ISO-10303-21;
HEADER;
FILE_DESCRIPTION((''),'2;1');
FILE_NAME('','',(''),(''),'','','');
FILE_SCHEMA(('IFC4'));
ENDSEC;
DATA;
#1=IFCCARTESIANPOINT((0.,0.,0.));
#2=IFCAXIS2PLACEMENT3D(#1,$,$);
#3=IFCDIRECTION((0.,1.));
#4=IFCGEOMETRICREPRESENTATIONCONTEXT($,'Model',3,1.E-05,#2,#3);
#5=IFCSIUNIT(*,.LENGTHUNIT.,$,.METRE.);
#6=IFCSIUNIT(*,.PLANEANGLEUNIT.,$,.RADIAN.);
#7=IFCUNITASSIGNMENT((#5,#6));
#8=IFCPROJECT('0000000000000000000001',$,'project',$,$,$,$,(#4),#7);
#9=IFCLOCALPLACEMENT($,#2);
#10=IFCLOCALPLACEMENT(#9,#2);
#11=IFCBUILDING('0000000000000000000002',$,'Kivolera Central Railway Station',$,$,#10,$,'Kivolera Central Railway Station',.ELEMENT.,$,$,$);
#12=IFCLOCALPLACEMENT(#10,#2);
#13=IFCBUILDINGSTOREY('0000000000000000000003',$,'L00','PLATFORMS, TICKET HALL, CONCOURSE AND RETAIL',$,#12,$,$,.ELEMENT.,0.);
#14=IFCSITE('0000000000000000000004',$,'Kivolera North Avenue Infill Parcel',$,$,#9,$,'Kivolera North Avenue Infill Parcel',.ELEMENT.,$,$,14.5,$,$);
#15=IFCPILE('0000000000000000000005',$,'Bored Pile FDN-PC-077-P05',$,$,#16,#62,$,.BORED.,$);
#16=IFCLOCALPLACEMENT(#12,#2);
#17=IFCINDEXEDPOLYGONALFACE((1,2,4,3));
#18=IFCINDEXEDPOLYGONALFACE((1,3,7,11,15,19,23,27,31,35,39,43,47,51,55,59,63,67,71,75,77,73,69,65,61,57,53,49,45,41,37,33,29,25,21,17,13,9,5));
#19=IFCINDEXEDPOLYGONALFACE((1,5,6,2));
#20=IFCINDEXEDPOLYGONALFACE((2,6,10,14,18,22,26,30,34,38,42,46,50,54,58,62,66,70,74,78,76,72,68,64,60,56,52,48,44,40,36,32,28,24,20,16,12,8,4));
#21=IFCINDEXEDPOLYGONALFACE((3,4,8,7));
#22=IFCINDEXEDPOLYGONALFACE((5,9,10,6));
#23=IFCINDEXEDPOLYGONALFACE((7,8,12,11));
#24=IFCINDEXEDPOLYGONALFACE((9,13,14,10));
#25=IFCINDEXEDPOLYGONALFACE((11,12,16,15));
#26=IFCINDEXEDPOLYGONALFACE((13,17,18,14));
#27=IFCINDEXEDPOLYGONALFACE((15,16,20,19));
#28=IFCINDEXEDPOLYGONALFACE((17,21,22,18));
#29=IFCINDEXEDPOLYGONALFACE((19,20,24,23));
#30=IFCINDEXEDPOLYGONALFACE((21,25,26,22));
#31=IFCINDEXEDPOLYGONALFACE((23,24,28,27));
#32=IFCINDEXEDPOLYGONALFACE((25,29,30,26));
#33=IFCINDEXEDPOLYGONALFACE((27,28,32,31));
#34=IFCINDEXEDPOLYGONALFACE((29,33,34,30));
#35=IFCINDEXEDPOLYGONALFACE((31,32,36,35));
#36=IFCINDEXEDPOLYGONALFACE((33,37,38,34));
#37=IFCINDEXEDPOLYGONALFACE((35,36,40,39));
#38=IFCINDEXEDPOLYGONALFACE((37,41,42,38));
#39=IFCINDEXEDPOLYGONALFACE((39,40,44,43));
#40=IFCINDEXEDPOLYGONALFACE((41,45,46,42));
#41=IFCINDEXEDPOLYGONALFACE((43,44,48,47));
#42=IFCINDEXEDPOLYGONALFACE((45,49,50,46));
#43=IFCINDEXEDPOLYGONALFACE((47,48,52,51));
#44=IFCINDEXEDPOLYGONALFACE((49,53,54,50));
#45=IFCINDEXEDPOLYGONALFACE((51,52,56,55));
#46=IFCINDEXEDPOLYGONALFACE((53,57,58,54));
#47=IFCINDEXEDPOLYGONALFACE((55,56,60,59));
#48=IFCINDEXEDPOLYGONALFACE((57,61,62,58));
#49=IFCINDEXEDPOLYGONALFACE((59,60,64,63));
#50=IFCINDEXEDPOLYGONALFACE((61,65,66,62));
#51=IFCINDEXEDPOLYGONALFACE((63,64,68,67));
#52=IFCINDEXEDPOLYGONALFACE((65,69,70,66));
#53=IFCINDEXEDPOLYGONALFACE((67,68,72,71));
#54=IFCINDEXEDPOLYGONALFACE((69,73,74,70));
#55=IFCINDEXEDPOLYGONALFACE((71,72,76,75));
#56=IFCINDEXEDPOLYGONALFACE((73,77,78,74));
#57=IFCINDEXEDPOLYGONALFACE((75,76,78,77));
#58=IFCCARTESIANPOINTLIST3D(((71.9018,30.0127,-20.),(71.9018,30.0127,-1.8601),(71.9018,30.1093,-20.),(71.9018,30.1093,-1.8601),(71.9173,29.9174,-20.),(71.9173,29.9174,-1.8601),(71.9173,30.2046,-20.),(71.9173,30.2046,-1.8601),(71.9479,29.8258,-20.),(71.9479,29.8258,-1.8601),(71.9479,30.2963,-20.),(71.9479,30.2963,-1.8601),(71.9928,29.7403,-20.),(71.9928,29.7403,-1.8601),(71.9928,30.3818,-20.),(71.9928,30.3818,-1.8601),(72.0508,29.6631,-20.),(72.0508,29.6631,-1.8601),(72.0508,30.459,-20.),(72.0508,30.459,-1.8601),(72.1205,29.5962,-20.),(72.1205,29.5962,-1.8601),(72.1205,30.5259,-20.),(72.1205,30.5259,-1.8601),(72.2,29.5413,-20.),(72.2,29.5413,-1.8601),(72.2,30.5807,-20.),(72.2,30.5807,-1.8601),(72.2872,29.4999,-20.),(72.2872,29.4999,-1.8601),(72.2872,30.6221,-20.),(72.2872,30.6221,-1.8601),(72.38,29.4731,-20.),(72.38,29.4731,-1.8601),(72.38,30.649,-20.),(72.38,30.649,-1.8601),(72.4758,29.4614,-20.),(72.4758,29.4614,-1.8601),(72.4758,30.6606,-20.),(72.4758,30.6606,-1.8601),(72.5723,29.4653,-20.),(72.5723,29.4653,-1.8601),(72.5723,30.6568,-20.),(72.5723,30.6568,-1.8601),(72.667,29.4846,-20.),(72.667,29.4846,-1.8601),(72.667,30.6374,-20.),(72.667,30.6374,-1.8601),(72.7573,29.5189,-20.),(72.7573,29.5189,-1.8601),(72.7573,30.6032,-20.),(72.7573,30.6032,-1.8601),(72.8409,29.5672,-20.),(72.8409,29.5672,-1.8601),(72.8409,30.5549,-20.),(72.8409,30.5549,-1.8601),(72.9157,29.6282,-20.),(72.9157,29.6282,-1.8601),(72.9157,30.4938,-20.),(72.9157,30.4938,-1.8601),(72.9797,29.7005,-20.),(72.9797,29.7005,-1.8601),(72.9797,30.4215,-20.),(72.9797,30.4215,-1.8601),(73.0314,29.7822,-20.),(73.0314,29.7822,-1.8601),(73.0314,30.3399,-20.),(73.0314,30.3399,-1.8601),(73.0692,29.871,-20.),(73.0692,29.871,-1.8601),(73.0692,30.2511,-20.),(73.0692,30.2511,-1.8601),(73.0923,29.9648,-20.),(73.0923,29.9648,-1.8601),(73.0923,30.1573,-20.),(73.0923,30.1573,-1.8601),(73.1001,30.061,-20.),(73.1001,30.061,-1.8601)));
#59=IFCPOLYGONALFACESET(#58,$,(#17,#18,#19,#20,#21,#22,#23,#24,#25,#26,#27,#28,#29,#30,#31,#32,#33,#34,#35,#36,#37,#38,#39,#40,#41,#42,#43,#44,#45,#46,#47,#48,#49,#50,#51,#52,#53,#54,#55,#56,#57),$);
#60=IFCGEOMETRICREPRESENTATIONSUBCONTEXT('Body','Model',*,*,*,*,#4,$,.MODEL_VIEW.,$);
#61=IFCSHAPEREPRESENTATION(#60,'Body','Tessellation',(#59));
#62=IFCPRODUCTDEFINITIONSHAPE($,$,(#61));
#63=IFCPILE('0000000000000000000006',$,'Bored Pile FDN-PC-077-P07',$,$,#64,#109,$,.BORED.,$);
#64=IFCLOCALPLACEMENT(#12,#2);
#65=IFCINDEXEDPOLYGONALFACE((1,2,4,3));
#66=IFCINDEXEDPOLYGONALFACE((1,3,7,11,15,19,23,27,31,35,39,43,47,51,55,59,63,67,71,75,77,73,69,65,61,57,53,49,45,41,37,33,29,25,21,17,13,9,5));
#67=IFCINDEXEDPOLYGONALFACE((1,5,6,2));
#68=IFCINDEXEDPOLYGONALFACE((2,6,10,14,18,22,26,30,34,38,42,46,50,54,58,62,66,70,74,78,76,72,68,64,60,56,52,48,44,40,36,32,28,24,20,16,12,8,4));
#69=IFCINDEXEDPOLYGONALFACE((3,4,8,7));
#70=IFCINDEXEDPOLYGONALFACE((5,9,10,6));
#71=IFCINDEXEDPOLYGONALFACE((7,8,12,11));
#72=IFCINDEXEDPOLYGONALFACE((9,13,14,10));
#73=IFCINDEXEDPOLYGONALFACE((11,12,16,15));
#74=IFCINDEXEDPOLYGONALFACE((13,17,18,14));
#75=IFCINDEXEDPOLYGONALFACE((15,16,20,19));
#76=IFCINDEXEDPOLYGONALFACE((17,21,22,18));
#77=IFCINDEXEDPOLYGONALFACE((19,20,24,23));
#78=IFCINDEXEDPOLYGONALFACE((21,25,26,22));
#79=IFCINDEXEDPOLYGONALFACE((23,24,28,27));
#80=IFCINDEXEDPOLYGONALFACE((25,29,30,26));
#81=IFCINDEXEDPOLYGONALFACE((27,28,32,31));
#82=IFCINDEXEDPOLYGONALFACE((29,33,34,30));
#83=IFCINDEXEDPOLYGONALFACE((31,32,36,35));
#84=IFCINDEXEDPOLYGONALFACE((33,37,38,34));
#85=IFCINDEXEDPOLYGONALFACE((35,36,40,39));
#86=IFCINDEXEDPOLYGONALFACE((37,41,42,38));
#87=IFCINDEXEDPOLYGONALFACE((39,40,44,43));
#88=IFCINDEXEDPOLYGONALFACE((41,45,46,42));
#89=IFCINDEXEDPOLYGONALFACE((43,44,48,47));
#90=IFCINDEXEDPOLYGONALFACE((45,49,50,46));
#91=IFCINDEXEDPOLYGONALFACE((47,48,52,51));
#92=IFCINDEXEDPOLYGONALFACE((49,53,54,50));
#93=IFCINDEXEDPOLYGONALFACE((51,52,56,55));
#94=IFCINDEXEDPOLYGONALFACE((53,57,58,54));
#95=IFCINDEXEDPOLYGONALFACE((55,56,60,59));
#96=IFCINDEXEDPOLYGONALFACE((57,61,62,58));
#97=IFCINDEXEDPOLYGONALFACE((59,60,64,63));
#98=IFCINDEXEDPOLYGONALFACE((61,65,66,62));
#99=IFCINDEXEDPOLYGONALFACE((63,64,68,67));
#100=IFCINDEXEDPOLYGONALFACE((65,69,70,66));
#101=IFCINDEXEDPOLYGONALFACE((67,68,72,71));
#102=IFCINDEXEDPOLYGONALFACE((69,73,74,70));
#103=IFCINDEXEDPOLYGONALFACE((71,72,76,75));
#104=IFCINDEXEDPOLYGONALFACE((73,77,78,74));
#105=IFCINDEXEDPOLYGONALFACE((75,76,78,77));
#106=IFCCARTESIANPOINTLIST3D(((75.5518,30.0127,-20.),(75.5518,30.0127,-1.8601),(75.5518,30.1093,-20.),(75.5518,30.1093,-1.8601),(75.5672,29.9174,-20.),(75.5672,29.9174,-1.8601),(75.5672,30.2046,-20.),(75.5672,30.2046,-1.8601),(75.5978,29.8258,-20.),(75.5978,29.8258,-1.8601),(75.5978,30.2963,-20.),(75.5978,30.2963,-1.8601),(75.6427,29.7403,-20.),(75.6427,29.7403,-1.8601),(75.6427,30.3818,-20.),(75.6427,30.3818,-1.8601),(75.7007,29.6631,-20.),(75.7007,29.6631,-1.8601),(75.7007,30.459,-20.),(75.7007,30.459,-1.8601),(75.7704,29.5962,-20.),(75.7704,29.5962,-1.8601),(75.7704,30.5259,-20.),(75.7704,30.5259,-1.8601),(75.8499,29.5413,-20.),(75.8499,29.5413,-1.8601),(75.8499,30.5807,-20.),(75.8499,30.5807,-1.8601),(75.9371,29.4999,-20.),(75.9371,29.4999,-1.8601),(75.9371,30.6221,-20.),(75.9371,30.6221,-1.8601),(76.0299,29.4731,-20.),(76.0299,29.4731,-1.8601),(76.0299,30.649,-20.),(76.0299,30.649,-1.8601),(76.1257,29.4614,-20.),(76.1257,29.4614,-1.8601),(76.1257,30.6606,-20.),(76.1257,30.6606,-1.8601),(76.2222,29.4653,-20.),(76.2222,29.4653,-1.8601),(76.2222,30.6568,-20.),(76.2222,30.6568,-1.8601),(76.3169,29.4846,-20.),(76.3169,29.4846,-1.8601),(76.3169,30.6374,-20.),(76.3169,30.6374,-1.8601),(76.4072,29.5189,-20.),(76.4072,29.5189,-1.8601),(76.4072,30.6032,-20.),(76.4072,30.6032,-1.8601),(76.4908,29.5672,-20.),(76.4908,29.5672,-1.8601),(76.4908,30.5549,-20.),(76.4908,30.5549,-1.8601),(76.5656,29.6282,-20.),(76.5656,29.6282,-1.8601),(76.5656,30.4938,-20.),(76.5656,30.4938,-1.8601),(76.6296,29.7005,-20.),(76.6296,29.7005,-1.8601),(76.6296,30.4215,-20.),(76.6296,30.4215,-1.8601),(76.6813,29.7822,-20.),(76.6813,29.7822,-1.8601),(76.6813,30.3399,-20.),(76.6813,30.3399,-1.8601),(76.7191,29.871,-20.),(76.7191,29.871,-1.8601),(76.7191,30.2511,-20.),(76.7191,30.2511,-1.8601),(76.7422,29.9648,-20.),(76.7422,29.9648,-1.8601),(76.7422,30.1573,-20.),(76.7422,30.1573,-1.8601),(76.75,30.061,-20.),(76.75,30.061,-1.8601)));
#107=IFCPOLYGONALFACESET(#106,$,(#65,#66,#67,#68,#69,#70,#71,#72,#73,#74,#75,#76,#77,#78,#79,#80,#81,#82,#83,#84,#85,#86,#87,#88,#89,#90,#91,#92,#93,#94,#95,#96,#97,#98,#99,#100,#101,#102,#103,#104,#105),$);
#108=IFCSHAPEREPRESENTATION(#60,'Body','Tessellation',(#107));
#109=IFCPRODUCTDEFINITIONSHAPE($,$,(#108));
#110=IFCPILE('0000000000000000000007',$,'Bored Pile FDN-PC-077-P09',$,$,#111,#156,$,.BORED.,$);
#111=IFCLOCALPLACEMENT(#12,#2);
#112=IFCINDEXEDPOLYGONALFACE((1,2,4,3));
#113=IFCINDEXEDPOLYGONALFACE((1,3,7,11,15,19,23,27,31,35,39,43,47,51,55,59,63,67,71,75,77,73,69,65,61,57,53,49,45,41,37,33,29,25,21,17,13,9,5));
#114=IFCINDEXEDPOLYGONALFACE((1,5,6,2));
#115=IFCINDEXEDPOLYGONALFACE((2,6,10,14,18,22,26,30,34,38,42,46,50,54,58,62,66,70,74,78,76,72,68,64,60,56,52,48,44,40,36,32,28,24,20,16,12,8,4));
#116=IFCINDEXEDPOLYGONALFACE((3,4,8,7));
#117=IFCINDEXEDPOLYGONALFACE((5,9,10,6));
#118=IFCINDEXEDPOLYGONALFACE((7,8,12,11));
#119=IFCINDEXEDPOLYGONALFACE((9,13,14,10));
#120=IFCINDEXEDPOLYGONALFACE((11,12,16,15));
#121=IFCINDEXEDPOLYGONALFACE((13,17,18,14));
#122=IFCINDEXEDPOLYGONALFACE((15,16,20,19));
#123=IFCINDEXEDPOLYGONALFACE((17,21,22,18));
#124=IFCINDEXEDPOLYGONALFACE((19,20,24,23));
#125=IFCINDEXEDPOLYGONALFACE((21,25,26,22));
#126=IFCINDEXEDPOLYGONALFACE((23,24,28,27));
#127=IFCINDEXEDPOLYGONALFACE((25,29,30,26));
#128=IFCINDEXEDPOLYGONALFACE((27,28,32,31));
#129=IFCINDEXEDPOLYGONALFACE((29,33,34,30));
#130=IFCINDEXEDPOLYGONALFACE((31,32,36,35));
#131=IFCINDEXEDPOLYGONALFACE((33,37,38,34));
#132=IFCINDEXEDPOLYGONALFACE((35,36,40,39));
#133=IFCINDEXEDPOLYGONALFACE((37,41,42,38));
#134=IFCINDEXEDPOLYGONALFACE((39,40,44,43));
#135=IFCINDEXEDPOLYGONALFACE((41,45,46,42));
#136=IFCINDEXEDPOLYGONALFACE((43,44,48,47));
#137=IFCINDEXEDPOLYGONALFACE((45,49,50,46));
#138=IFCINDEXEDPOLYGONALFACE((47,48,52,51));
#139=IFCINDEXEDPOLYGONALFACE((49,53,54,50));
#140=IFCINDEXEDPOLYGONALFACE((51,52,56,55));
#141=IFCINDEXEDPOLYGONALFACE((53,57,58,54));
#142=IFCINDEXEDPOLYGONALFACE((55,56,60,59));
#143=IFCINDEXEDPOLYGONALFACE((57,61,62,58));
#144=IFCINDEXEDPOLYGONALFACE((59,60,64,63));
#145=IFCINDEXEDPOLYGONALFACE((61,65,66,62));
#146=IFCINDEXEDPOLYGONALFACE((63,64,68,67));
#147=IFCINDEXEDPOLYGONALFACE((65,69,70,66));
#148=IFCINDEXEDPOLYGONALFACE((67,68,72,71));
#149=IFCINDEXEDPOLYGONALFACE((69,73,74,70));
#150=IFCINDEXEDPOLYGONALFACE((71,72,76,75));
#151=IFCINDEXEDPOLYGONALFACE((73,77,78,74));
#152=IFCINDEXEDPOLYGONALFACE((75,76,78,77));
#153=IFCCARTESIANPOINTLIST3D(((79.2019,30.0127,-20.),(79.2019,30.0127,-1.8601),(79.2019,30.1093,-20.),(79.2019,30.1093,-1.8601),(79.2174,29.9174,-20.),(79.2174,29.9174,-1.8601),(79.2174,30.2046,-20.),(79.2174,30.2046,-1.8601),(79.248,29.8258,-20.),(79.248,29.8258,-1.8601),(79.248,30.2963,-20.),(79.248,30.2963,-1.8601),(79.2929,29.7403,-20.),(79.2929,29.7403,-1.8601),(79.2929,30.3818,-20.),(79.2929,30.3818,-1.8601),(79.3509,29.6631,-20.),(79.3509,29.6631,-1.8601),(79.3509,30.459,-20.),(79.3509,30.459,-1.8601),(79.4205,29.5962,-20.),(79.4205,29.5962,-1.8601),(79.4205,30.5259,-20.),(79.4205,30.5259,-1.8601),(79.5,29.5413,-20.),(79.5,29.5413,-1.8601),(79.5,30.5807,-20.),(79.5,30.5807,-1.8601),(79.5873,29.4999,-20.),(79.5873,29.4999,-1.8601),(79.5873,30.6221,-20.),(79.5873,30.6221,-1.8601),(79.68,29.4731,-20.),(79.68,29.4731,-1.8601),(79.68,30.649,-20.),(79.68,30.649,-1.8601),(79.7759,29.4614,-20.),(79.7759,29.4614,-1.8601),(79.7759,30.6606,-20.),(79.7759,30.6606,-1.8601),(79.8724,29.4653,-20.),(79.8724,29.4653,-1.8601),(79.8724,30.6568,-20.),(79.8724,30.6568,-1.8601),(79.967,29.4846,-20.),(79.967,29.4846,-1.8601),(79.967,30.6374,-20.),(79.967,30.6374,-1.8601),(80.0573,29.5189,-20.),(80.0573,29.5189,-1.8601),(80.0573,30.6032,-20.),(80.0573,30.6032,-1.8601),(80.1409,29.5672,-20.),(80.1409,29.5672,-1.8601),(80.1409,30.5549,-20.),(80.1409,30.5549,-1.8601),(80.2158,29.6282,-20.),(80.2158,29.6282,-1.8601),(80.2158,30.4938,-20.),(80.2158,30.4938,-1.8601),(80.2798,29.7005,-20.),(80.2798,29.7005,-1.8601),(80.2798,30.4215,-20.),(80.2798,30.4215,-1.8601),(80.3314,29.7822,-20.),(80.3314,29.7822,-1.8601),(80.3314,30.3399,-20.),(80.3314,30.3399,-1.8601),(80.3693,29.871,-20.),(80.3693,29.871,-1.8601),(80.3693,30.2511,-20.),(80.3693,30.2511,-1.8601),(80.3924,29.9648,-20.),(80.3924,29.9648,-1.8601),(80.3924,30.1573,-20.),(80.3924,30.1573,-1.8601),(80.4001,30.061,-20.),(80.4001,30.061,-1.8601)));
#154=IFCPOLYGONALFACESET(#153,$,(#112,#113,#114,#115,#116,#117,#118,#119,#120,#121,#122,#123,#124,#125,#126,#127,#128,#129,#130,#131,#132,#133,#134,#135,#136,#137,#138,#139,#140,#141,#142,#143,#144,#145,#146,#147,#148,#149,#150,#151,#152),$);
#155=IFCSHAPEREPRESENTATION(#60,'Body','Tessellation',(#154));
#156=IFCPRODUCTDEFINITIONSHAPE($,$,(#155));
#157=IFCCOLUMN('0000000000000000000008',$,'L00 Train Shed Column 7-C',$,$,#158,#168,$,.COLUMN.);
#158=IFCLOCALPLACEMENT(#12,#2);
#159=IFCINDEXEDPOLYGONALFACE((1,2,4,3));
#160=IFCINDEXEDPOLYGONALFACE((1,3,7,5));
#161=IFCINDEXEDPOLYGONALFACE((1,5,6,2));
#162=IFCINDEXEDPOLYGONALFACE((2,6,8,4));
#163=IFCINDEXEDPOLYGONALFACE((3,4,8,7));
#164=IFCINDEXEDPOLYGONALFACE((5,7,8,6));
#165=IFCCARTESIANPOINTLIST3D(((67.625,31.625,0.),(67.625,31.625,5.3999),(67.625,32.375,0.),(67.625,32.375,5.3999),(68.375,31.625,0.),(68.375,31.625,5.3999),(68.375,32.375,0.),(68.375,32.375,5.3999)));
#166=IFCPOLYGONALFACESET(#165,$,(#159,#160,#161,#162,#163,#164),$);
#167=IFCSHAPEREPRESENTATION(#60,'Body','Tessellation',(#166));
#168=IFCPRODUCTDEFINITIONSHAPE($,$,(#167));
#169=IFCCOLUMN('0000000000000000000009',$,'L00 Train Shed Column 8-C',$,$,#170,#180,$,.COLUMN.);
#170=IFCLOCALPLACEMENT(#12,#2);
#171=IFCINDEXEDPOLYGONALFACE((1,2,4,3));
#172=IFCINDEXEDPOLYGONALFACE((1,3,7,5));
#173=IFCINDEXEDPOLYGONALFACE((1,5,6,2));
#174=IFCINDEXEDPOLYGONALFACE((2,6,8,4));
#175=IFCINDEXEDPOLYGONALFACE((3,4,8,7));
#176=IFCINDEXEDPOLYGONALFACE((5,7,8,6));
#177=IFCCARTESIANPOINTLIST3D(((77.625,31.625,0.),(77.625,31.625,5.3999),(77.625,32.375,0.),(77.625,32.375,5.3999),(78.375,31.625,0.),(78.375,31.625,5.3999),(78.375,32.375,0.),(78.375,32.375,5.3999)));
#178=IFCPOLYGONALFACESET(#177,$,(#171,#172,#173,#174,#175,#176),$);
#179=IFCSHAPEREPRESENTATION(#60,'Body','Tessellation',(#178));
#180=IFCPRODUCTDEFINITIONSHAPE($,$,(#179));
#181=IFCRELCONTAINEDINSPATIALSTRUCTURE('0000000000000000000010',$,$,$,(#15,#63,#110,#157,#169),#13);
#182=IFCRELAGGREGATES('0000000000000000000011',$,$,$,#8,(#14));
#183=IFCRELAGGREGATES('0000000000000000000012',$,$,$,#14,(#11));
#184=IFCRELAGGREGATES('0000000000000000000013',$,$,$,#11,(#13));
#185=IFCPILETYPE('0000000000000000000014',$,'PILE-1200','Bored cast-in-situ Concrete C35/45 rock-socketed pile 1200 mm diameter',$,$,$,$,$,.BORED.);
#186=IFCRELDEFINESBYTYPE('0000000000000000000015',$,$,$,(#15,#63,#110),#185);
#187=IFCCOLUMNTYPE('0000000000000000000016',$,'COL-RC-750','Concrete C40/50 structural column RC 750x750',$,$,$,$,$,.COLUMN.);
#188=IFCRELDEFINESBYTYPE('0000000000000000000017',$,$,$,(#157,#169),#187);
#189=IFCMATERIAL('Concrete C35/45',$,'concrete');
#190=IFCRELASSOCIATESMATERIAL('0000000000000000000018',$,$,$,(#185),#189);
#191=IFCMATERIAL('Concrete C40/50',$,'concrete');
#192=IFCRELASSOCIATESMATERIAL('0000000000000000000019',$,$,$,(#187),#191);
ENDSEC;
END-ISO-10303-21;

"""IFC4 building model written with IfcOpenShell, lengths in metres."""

from ifc_helpers import new_model, si_unit, direction, frame, origin, origin_2d, place, context, subcontext, project, spatial, rectangle, circle, extrude, material, material_profile, profile_set, type_object, element, save


model = new_model("IFC4")

# Units and contexts
model_context = context("Model", 3, precision=1e-05, world=origin(), true_north=direction((0.0, 1.0)))
body_context = subcontext(model_context, "Body", "Model", "MODEL_VIEW")
ifc_project = project(units=[si_unit("LENGTHUNIT", "METRE"), si_unit("PLANEANGLEUNIT", "RADIAN")], contexts=[model_context])

# Site, building, storey
site_placement = place(None, origin())
site = spatial("IfcSite", under=ifc_project, at=site_placement, Name="Kivolera North Avenue Infill Parcel", LongName="Kivolera North Avenue Infill Parcel", CompositionType="ELEMENT", RefElevation=14.5)
building_placement = place(site_placement, origin())
building = spatial("IfcBuilding", under=site, at=building_placement, Name="Kivolera Central Railway Station", LongName="Kivolera Central Railway Station", CompositionType="ELEMENT")
storey_placement = place(building_placement, origin())
storey = spatial("IfcBuildingStorey", under=building, at=storey_placement, Name="L00", Description="PLATFORMS, TICKET HALL, CONCOURSE AND RETAIL", CompositionType="ELEMENT", Elevation=0.0)

# Shared definitions
ifc_material_1 = material(Name="Concrete C35/45", Category="concrete")

# Piles
ifc_material_profile_1 = material_profile(ifc_material_1, circle(Radius=0.6001, at=origin_2d()), Name="PILE D1200")
ifc_profile_set_1 = profile_set([ifc_material_profile_1], Name="Concrete C35/45")
pile_type = type_object("IfcPileType", Name="PILE-1200", Description="Bored cast-in-situ Concrete C35/45 rock-socketed pile 1200 mm diameter", PredefinedType="BORED", material=ifc_profile_set_1)
for number, where, z_axis, x_axis, name in (
    (1, (72.5, 30.061, -1.8601), (0.0, 0.0, -1.0), (1.0, 0.0, 0.0), "Bored Pile FDN-PC-077-P05"),
    (2, (76.1499, 30.061, -1.8601), (0.0, 0.0, -1.0), (1.0, 0.0, 0.0), "Bored Pile FDN-PC-077-P07"),
    (3, (79.8, 30.061, -1.8601), (0.0, 0.0, -1.0), (1.0, 0.0, 0.0), "Bored Pile FDN-PC-077-P09"),
):
    element("IfcPile", number, at=place(storey_placement, frame(where, z_axis=z_axis, x_axis=x_axis)), inside=storey, type_object=pile_type, Name=name, PredefinedType="BORED", context=body_context, shape_type="SweptSolid", body=[
        extrude(circle(Radius=0.6001, at=origin_2d()), origin(), (0.0, 0.0, 1.0), 18.1399),
    ])

# Columns
ifc_material_2 = material(Name="Concrete C40/50", Category="concrete")
ifc_material_profile_2 = material_profile(ifc_material_2, rectangle(XDim=0.75, YDim=0.75, at=origin_2d()), Name="RC 750x750")
ifc_profile_set_2 = profile_set([ifc_material_profile_2], Name="Concrete C40/50")
column_type = type_object("IfcColumnType", Name="COL-RC-750", Description="Concrete C40/50 structural column RC 750x750", PredefinedType="COLUMN", material=ifc_profile_set_2)
for number, where, z_axis, x_axis, name in (
    (4, (68.0, 32.0, 0.0), (0.0, 0.0, 1.0), (1.0, 0.0, 0.0), "L00 Train Shed Column 7-C"),
    (5, (78.0, 32.0, 0.0), (0.0, 0.0, 1.0), (1.0, 0.0, 0.0), "L00 Train Shed Column 8-C"),
):
    element("IfcColumn", number, at=place(storey_placement, frame(where, z_axis=z_axis, x_axis=x_axis)), inside=storey, type_object=column_type, Name=name, PredefinedType="COLUMN", context=body_context, shape_type="SweptSolid", body=[
        extrude(rectangle(XDim=0.75, YDim=0.75, at=origin_2d()), origin(), (0.0, 0.0, 1.0), 5.3999),
    ])

save(model, "model.ifc")
